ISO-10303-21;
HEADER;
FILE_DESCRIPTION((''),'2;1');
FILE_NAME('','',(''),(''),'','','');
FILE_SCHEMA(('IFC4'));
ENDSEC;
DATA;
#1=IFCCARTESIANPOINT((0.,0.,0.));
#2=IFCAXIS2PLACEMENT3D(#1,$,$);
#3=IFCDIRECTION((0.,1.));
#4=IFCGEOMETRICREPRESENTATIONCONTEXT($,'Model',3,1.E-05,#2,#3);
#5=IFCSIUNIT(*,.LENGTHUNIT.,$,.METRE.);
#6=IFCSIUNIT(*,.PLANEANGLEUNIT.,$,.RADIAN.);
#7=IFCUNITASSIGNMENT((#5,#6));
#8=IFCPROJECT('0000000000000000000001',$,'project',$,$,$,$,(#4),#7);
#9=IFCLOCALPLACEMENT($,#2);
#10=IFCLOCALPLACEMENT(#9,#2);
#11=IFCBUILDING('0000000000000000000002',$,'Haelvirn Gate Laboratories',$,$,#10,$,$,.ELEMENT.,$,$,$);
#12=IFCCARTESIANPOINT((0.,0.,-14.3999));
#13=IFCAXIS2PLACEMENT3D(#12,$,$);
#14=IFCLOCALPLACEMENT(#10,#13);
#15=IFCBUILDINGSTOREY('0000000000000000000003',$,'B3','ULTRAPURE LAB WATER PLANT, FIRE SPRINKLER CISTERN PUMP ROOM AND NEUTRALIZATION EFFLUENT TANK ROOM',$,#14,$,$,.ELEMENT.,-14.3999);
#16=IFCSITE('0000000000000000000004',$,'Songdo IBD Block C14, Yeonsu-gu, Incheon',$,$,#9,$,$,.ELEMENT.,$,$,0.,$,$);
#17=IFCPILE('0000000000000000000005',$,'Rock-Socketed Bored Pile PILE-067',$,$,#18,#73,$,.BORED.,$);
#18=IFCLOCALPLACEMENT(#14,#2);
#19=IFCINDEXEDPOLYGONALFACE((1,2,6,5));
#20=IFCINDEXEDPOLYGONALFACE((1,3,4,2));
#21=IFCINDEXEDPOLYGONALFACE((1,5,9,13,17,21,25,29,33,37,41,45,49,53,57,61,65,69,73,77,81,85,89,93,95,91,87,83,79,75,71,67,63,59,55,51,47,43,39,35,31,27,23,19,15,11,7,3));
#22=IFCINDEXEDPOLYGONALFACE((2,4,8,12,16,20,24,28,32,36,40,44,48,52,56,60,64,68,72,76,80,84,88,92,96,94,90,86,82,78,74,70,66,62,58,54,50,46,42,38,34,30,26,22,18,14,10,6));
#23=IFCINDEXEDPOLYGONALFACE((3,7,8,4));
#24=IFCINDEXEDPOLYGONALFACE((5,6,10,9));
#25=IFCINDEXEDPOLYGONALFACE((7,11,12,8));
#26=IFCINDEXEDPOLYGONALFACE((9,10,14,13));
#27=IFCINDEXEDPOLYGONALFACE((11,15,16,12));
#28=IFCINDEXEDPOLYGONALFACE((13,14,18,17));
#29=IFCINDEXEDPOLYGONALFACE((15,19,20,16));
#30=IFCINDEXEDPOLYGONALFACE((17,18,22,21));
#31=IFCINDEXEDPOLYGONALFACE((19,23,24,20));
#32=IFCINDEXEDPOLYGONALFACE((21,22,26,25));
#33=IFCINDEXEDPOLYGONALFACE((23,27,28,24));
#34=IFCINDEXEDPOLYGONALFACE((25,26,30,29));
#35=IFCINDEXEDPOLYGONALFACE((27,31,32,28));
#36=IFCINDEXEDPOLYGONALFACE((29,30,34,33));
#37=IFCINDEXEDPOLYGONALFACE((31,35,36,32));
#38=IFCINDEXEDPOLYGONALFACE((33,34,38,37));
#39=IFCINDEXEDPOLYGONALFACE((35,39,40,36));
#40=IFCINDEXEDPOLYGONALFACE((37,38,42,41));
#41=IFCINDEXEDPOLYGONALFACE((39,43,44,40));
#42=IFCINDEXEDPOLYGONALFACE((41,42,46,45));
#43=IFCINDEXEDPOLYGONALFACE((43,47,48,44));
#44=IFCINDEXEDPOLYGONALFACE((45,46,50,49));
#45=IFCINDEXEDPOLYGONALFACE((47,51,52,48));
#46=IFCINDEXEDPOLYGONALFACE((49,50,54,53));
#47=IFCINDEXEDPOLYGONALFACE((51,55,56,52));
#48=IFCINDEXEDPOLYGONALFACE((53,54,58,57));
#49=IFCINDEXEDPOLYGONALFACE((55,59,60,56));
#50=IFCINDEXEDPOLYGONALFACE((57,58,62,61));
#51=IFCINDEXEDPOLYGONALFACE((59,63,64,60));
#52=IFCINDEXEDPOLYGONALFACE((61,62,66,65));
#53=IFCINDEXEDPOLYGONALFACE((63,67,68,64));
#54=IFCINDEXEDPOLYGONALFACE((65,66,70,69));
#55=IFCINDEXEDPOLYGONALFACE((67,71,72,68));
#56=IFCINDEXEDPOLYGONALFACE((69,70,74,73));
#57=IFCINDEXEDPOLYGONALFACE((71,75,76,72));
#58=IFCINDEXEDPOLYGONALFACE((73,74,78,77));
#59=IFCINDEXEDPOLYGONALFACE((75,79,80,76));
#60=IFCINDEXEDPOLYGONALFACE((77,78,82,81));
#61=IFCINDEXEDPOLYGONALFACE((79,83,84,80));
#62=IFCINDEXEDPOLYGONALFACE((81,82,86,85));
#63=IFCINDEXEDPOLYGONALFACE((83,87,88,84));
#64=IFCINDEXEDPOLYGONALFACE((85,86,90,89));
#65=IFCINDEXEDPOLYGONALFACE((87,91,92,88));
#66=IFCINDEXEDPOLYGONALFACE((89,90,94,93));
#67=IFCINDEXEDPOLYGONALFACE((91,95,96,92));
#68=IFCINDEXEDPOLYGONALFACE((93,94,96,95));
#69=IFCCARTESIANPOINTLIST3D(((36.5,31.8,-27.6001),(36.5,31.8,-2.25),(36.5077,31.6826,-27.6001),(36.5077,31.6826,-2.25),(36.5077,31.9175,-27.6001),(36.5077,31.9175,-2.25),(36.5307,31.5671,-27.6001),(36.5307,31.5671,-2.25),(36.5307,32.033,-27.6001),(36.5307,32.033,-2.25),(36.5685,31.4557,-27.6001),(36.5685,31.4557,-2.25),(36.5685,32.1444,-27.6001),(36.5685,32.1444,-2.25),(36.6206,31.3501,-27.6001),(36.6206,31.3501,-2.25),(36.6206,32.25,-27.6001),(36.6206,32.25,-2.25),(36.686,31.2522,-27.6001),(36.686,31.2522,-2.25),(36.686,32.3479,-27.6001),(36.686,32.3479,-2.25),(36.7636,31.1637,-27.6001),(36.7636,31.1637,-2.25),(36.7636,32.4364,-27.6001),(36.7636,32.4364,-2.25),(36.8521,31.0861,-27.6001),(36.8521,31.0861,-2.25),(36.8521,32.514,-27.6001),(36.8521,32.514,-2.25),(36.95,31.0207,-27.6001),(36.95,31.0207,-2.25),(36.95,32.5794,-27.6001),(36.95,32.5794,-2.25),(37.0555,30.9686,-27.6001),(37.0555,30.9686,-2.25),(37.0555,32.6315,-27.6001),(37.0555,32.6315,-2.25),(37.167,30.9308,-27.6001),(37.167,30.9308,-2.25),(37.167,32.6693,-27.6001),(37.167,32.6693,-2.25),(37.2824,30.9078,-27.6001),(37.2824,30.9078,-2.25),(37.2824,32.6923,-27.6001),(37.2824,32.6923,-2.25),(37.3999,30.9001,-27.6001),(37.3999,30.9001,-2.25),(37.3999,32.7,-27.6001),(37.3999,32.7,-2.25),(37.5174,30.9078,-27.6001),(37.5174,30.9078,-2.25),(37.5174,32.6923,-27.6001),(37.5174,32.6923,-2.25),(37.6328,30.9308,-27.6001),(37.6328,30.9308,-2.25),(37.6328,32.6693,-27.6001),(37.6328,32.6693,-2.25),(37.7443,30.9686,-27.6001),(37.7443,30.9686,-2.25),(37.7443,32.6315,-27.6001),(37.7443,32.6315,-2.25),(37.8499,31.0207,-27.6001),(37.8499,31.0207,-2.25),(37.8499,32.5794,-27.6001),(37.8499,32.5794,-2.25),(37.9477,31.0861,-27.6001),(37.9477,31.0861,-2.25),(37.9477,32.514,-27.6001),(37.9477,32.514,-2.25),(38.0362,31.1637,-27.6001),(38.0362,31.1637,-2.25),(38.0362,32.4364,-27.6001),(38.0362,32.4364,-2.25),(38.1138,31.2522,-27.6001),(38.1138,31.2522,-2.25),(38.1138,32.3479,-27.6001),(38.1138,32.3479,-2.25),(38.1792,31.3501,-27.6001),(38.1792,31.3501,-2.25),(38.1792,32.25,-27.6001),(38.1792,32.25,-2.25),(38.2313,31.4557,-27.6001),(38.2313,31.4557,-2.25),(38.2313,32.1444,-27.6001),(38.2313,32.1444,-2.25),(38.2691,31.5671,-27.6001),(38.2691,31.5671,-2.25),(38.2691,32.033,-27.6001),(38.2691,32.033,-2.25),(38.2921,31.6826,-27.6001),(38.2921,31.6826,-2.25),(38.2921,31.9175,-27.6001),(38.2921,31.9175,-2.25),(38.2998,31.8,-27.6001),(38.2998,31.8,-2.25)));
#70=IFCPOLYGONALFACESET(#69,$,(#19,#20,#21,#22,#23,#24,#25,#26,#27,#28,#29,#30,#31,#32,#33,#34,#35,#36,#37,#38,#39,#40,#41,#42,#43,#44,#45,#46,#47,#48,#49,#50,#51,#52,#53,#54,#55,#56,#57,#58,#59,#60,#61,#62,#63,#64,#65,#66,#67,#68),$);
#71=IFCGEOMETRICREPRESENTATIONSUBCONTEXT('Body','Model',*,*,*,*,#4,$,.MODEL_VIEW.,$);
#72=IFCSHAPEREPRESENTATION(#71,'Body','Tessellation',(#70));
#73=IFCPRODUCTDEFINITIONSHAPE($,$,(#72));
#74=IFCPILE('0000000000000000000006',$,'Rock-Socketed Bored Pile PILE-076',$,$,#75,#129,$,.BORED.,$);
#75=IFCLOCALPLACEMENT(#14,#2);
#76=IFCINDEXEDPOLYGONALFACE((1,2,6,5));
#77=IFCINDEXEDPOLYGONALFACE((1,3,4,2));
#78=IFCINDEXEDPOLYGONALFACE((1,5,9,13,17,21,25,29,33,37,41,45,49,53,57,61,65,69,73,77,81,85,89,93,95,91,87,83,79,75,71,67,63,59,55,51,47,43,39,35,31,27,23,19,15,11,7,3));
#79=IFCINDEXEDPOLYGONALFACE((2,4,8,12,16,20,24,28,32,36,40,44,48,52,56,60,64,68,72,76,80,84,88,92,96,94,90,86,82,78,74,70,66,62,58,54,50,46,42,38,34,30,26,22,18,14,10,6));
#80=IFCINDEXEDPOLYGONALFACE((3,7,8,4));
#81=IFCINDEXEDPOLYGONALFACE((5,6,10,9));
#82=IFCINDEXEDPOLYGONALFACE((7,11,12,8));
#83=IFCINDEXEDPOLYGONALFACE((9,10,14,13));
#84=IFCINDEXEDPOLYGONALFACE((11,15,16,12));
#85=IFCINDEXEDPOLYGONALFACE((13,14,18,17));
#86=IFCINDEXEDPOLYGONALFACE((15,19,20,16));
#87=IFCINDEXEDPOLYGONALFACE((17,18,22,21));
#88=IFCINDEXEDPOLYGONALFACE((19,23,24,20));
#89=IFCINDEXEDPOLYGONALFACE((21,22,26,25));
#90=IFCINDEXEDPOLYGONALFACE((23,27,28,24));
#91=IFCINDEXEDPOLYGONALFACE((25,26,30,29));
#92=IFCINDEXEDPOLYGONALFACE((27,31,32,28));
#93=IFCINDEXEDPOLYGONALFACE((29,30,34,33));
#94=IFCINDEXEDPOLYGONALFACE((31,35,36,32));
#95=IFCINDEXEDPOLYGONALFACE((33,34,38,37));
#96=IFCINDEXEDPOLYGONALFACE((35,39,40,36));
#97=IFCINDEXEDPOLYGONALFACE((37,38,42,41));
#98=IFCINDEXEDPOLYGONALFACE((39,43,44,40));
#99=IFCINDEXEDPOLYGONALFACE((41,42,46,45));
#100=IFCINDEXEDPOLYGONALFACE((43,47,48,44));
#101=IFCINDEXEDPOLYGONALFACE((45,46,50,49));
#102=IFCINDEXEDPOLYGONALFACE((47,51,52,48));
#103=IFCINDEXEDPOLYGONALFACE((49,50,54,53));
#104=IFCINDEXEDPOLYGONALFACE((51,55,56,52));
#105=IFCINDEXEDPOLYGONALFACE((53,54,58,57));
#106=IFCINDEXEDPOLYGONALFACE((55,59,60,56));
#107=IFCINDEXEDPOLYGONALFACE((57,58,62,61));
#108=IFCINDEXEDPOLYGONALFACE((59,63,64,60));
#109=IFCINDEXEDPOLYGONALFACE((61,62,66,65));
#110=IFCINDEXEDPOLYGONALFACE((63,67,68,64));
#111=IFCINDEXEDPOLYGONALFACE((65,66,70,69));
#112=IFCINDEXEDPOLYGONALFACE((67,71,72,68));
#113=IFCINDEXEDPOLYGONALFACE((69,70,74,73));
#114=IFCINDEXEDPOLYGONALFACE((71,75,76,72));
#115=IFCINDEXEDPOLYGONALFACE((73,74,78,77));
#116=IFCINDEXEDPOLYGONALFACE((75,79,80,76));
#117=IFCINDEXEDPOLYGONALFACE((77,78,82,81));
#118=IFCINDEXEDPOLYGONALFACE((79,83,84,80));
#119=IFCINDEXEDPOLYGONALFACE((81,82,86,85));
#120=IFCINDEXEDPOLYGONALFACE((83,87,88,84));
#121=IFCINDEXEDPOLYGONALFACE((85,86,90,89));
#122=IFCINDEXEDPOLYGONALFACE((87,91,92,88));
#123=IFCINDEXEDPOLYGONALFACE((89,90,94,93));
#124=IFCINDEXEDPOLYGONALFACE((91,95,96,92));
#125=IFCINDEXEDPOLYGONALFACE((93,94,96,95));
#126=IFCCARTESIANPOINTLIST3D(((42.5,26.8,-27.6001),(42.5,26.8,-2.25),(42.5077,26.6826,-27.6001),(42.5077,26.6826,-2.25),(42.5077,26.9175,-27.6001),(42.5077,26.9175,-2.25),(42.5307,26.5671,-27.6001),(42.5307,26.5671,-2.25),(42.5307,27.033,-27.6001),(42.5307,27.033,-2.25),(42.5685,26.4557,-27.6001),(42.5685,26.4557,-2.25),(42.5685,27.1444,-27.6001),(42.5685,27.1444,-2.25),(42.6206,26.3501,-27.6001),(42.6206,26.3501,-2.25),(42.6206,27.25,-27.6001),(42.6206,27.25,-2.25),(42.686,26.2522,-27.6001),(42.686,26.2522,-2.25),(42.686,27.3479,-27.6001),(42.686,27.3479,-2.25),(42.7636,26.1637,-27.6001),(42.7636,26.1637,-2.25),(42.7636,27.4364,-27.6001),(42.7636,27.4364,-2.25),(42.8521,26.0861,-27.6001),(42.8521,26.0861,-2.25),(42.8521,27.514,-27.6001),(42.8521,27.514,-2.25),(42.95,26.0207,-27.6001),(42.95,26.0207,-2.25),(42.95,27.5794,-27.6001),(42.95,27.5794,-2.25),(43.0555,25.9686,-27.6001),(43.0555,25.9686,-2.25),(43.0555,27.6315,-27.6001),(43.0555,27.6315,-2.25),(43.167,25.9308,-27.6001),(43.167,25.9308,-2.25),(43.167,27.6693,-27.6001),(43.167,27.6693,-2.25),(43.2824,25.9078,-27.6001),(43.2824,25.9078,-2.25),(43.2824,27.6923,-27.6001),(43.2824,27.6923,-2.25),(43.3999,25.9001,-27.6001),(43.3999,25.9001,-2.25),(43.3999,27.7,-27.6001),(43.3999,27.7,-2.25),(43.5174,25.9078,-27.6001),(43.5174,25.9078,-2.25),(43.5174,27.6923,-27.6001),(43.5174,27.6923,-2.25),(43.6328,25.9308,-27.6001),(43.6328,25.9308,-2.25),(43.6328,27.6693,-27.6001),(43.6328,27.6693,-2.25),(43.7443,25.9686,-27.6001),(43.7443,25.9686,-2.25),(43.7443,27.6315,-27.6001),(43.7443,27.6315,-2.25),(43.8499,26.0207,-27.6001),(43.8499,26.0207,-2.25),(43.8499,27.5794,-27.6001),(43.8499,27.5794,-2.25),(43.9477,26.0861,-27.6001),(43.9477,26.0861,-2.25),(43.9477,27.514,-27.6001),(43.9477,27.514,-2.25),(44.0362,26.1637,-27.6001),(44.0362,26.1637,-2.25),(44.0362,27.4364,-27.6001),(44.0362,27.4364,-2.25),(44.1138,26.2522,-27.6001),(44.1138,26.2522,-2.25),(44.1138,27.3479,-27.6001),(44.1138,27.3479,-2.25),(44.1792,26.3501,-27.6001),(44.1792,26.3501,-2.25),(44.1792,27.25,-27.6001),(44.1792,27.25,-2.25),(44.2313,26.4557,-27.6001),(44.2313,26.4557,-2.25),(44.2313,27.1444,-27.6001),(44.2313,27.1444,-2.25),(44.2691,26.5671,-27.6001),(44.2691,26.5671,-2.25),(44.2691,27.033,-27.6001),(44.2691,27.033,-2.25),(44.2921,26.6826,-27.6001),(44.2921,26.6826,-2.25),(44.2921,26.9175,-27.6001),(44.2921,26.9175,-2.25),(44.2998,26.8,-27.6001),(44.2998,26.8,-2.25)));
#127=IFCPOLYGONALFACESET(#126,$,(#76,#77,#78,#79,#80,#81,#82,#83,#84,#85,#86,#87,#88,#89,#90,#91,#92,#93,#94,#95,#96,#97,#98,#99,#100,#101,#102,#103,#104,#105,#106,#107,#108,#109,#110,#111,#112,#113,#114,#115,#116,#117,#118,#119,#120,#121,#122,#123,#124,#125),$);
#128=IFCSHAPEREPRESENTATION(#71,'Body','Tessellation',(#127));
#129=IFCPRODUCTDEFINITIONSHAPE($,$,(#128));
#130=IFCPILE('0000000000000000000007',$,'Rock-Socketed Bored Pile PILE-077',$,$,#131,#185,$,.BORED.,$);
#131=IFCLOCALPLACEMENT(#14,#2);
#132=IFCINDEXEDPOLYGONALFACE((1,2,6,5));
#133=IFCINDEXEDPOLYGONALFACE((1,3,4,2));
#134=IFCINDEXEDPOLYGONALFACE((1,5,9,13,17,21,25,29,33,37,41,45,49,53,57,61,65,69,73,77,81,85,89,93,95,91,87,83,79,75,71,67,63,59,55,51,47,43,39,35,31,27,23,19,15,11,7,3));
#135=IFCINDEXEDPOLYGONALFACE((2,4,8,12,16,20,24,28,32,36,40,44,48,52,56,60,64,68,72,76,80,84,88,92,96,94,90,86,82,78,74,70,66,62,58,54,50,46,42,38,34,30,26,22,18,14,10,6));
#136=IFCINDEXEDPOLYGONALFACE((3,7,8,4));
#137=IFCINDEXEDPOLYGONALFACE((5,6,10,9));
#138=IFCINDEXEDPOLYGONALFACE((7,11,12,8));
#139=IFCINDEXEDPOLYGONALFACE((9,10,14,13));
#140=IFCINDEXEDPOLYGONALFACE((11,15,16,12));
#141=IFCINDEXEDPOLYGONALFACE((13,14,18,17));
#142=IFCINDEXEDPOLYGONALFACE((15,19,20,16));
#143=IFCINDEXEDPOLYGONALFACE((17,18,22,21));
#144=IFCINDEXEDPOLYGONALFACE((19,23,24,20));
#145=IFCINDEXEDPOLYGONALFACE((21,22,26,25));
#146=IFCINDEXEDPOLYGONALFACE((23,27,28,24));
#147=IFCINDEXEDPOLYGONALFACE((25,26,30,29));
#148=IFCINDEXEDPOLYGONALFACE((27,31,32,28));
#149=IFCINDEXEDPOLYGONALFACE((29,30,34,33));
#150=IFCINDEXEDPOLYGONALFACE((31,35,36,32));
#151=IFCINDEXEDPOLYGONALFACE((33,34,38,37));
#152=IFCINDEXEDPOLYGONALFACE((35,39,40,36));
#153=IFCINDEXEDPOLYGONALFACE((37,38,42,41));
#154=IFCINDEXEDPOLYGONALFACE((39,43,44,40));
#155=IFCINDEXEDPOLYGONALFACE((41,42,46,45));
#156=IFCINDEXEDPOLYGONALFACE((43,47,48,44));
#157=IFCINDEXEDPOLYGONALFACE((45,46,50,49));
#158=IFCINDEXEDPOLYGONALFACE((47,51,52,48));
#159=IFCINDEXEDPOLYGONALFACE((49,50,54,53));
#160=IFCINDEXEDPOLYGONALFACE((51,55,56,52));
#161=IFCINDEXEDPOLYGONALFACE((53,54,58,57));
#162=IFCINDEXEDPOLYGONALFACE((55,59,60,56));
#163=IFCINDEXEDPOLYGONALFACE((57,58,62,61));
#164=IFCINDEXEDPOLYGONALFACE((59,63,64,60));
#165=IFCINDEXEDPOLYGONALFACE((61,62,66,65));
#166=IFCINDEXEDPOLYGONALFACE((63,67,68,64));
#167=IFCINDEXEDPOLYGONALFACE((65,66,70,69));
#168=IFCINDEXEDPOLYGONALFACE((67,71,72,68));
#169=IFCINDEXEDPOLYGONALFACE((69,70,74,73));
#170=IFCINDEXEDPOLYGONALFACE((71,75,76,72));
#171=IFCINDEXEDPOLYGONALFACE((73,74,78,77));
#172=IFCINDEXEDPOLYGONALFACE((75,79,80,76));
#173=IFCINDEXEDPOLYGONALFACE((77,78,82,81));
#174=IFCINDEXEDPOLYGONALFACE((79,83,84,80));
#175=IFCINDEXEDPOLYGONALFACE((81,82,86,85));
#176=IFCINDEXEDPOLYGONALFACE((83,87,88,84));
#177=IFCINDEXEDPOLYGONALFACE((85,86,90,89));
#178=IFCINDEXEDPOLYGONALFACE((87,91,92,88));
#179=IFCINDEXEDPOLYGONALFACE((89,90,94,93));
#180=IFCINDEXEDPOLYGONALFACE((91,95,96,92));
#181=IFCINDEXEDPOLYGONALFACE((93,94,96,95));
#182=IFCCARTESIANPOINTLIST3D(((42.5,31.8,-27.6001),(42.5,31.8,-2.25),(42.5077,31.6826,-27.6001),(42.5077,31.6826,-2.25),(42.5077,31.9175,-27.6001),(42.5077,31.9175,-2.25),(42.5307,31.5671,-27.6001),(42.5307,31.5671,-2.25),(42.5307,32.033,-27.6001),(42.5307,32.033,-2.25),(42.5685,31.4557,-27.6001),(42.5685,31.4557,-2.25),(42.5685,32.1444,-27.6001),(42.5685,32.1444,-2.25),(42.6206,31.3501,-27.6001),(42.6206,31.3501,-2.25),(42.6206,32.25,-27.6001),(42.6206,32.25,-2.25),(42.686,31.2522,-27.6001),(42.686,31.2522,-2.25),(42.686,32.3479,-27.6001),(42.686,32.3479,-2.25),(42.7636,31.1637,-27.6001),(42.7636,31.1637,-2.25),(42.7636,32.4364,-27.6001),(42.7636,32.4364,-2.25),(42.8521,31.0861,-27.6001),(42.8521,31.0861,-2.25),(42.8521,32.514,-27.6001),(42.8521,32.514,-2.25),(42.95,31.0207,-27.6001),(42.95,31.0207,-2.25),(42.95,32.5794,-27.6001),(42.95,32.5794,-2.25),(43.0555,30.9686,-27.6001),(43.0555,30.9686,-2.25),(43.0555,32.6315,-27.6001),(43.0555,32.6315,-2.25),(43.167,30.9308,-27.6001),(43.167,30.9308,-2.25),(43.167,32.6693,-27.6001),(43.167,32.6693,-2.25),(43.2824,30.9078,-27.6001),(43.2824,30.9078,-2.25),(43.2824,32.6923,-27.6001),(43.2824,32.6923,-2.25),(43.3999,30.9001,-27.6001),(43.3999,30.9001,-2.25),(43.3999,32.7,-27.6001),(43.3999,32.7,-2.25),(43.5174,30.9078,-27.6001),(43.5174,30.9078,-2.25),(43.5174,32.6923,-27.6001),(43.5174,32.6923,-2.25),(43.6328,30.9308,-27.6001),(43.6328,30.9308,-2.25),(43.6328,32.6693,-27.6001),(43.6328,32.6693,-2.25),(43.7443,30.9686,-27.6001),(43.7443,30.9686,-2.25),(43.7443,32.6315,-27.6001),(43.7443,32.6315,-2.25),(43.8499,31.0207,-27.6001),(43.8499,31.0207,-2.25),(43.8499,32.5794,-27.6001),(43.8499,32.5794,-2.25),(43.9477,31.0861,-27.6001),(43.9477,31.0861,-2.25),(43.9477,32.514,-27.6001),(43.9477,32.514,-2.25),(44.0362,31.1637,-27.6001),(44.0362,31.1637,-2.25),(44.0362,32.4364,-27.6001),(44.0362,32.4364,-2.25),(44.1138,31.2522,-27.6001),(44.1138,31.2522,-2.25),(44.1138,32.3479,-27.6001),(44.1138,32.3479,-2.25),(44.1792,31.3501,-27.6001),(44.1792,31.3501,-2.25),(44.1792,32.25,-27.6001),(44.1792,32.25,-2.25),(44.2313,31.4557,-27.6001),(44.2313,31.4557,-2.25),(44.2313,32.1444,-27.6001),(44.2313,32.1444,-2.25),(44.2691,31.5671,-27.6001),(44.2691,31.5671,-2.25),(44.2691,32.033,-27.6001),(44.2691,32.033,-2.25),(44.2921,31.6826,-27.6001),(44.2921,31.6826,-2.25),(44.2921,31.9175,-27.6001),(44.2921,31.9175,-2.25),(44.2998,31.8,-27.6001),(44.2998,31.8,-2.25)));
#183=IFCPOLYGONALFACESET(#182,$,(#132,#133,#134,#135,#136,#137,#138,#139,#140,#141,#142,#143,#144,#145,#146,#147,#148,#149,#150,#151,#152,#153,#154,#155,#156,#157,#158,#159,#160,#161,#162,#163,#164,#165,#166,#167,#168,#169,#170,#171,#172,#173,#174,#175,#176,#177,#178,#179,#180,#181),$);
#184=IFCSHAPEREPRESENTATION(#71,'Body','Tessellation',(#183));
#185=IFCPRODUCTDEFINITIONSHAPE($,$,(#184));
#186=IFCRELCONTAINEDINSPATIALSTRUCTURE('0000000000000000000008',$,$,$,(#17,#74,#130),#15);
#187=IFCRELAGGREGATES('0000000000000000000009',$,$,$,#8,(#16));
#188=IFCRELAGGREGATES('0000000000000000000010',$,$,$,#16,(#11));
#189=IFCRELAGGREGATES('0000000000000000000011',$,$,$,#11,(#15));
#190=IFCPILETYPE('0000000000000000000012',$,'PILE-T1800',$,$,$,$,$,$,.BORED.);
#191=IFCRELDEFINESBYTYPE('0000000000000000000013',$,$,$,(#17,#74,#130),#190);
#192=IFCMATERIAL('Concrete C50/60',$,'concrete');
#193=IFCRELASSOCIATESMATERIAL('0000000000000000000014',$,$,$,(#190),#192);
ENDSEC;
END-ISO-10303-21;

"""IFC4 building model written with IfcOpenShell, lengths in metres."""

from ifc_helpers import new_model, si_unit, direction, frame, origin, origin_2d, place, context, subcontext, project, spatial, circle, extrude, source, transform, mapped, material, material_profile, profile_set, type_object, element, save


model = new_model("IFC4")

# Units and contexts
model_context = context("Model", 3, precision=1e-05, world=origin(), true_north=direction((0.0, 1.0)))
body_context = subcontext(model_context, "Body", "Model", "MODEL_VIEW")
ifc_project = project(units=[si_unit("LENGTHUNIT", "METRE"), si_unit("PLANEANGLEUNIT", "RADIAN")], contexts=[model_context])

# Site, building, storey
site_placement = place(None, origin())
site = spatial("IfcSite", under=ifc_project, at=site_placement, Name="Songdo IBD Block C14, Yeonsu-gu, Incheon", CompositionType="ELEMENT", RefElevation=0.0)
building_placement = place(site_placement, origin())
building = spatial("IfcBuilding", under=site, at=building_placement, Name="Haelvirn Gate Laboratories", CompositionType="ELEMENT")
storey_placement = place(building_placement, frame((0.0, 0.0, -14.3999)))
storey = spatial("IfcBuildingStorey", under=building, at=storey_placement, Name="B3", Description="ULTRAPURE LAB WATER PLANT, FIRE SPRINKLER CISTERN PUMP ROOM AND NEUTRALIZATION EFFLUENT TANK ROOM", CompositionType="ELEMENT", Elevation=-14.3999)

# Piles
ifc_material_1 = material(Name="Concrete C50/60", Category="concrete")
ifc_material_profile_1 = material_profile(ifc_material_1, circle(Radius=0.8999, at=origin_2d()), Name="PILE-D1800")
ifc_profile_set_1 = profile_set([ifc_material_profile_1], Name="Concrete C50/60")
pile_type_1 = type_object("IfcPileType", Name="PILE-T1800", PredefinedType="BORED", material=ifc_profile_set_1)
shared_shape_1 = source(origin(), body_context, "Body", "SweptSolid", [
    extrude(circle(Radius=0.8999, at=origin_2d()), origin(), (0.0, 0.0, 1.0), 25.3501),
])
for number, where, z_axis, x_axis, name in (
    (1, (37.3999, 31.8, -2.25), (0.0, 0.0, -1.0), (1.0, 0.0, 0.0), "Rock-Socketed Bored Pile PILE-067"),
    (2, (43.3999, 26.8, -2.25), (0.0, 0.0, -1.0), (1.0, 0.0, 0.0), "Rock-Socketed Bored Pile PILE-076"),
    (3, (43.3999, 31.8, -2.25), (0.0, 0.0, -1.0), (1.0, 0.0, 0.0), "Rock-Socketed Bored Pile PILE-077"),
):
    element("IfcPile", number, at=place(storey_placement, frame(where, z_axis=z_axis, x_axis=x_axis)), inside=storey, type_object=pile_type_1, Name=name, PredefinedType="BORED", context=body_context, shape_type="MappedRepresentation", body=[
        mapped(shared_shape_1, transform((0.0, 0.0, 0.0), scale=1.0)),
    ])

save(model, "model.ifc")
